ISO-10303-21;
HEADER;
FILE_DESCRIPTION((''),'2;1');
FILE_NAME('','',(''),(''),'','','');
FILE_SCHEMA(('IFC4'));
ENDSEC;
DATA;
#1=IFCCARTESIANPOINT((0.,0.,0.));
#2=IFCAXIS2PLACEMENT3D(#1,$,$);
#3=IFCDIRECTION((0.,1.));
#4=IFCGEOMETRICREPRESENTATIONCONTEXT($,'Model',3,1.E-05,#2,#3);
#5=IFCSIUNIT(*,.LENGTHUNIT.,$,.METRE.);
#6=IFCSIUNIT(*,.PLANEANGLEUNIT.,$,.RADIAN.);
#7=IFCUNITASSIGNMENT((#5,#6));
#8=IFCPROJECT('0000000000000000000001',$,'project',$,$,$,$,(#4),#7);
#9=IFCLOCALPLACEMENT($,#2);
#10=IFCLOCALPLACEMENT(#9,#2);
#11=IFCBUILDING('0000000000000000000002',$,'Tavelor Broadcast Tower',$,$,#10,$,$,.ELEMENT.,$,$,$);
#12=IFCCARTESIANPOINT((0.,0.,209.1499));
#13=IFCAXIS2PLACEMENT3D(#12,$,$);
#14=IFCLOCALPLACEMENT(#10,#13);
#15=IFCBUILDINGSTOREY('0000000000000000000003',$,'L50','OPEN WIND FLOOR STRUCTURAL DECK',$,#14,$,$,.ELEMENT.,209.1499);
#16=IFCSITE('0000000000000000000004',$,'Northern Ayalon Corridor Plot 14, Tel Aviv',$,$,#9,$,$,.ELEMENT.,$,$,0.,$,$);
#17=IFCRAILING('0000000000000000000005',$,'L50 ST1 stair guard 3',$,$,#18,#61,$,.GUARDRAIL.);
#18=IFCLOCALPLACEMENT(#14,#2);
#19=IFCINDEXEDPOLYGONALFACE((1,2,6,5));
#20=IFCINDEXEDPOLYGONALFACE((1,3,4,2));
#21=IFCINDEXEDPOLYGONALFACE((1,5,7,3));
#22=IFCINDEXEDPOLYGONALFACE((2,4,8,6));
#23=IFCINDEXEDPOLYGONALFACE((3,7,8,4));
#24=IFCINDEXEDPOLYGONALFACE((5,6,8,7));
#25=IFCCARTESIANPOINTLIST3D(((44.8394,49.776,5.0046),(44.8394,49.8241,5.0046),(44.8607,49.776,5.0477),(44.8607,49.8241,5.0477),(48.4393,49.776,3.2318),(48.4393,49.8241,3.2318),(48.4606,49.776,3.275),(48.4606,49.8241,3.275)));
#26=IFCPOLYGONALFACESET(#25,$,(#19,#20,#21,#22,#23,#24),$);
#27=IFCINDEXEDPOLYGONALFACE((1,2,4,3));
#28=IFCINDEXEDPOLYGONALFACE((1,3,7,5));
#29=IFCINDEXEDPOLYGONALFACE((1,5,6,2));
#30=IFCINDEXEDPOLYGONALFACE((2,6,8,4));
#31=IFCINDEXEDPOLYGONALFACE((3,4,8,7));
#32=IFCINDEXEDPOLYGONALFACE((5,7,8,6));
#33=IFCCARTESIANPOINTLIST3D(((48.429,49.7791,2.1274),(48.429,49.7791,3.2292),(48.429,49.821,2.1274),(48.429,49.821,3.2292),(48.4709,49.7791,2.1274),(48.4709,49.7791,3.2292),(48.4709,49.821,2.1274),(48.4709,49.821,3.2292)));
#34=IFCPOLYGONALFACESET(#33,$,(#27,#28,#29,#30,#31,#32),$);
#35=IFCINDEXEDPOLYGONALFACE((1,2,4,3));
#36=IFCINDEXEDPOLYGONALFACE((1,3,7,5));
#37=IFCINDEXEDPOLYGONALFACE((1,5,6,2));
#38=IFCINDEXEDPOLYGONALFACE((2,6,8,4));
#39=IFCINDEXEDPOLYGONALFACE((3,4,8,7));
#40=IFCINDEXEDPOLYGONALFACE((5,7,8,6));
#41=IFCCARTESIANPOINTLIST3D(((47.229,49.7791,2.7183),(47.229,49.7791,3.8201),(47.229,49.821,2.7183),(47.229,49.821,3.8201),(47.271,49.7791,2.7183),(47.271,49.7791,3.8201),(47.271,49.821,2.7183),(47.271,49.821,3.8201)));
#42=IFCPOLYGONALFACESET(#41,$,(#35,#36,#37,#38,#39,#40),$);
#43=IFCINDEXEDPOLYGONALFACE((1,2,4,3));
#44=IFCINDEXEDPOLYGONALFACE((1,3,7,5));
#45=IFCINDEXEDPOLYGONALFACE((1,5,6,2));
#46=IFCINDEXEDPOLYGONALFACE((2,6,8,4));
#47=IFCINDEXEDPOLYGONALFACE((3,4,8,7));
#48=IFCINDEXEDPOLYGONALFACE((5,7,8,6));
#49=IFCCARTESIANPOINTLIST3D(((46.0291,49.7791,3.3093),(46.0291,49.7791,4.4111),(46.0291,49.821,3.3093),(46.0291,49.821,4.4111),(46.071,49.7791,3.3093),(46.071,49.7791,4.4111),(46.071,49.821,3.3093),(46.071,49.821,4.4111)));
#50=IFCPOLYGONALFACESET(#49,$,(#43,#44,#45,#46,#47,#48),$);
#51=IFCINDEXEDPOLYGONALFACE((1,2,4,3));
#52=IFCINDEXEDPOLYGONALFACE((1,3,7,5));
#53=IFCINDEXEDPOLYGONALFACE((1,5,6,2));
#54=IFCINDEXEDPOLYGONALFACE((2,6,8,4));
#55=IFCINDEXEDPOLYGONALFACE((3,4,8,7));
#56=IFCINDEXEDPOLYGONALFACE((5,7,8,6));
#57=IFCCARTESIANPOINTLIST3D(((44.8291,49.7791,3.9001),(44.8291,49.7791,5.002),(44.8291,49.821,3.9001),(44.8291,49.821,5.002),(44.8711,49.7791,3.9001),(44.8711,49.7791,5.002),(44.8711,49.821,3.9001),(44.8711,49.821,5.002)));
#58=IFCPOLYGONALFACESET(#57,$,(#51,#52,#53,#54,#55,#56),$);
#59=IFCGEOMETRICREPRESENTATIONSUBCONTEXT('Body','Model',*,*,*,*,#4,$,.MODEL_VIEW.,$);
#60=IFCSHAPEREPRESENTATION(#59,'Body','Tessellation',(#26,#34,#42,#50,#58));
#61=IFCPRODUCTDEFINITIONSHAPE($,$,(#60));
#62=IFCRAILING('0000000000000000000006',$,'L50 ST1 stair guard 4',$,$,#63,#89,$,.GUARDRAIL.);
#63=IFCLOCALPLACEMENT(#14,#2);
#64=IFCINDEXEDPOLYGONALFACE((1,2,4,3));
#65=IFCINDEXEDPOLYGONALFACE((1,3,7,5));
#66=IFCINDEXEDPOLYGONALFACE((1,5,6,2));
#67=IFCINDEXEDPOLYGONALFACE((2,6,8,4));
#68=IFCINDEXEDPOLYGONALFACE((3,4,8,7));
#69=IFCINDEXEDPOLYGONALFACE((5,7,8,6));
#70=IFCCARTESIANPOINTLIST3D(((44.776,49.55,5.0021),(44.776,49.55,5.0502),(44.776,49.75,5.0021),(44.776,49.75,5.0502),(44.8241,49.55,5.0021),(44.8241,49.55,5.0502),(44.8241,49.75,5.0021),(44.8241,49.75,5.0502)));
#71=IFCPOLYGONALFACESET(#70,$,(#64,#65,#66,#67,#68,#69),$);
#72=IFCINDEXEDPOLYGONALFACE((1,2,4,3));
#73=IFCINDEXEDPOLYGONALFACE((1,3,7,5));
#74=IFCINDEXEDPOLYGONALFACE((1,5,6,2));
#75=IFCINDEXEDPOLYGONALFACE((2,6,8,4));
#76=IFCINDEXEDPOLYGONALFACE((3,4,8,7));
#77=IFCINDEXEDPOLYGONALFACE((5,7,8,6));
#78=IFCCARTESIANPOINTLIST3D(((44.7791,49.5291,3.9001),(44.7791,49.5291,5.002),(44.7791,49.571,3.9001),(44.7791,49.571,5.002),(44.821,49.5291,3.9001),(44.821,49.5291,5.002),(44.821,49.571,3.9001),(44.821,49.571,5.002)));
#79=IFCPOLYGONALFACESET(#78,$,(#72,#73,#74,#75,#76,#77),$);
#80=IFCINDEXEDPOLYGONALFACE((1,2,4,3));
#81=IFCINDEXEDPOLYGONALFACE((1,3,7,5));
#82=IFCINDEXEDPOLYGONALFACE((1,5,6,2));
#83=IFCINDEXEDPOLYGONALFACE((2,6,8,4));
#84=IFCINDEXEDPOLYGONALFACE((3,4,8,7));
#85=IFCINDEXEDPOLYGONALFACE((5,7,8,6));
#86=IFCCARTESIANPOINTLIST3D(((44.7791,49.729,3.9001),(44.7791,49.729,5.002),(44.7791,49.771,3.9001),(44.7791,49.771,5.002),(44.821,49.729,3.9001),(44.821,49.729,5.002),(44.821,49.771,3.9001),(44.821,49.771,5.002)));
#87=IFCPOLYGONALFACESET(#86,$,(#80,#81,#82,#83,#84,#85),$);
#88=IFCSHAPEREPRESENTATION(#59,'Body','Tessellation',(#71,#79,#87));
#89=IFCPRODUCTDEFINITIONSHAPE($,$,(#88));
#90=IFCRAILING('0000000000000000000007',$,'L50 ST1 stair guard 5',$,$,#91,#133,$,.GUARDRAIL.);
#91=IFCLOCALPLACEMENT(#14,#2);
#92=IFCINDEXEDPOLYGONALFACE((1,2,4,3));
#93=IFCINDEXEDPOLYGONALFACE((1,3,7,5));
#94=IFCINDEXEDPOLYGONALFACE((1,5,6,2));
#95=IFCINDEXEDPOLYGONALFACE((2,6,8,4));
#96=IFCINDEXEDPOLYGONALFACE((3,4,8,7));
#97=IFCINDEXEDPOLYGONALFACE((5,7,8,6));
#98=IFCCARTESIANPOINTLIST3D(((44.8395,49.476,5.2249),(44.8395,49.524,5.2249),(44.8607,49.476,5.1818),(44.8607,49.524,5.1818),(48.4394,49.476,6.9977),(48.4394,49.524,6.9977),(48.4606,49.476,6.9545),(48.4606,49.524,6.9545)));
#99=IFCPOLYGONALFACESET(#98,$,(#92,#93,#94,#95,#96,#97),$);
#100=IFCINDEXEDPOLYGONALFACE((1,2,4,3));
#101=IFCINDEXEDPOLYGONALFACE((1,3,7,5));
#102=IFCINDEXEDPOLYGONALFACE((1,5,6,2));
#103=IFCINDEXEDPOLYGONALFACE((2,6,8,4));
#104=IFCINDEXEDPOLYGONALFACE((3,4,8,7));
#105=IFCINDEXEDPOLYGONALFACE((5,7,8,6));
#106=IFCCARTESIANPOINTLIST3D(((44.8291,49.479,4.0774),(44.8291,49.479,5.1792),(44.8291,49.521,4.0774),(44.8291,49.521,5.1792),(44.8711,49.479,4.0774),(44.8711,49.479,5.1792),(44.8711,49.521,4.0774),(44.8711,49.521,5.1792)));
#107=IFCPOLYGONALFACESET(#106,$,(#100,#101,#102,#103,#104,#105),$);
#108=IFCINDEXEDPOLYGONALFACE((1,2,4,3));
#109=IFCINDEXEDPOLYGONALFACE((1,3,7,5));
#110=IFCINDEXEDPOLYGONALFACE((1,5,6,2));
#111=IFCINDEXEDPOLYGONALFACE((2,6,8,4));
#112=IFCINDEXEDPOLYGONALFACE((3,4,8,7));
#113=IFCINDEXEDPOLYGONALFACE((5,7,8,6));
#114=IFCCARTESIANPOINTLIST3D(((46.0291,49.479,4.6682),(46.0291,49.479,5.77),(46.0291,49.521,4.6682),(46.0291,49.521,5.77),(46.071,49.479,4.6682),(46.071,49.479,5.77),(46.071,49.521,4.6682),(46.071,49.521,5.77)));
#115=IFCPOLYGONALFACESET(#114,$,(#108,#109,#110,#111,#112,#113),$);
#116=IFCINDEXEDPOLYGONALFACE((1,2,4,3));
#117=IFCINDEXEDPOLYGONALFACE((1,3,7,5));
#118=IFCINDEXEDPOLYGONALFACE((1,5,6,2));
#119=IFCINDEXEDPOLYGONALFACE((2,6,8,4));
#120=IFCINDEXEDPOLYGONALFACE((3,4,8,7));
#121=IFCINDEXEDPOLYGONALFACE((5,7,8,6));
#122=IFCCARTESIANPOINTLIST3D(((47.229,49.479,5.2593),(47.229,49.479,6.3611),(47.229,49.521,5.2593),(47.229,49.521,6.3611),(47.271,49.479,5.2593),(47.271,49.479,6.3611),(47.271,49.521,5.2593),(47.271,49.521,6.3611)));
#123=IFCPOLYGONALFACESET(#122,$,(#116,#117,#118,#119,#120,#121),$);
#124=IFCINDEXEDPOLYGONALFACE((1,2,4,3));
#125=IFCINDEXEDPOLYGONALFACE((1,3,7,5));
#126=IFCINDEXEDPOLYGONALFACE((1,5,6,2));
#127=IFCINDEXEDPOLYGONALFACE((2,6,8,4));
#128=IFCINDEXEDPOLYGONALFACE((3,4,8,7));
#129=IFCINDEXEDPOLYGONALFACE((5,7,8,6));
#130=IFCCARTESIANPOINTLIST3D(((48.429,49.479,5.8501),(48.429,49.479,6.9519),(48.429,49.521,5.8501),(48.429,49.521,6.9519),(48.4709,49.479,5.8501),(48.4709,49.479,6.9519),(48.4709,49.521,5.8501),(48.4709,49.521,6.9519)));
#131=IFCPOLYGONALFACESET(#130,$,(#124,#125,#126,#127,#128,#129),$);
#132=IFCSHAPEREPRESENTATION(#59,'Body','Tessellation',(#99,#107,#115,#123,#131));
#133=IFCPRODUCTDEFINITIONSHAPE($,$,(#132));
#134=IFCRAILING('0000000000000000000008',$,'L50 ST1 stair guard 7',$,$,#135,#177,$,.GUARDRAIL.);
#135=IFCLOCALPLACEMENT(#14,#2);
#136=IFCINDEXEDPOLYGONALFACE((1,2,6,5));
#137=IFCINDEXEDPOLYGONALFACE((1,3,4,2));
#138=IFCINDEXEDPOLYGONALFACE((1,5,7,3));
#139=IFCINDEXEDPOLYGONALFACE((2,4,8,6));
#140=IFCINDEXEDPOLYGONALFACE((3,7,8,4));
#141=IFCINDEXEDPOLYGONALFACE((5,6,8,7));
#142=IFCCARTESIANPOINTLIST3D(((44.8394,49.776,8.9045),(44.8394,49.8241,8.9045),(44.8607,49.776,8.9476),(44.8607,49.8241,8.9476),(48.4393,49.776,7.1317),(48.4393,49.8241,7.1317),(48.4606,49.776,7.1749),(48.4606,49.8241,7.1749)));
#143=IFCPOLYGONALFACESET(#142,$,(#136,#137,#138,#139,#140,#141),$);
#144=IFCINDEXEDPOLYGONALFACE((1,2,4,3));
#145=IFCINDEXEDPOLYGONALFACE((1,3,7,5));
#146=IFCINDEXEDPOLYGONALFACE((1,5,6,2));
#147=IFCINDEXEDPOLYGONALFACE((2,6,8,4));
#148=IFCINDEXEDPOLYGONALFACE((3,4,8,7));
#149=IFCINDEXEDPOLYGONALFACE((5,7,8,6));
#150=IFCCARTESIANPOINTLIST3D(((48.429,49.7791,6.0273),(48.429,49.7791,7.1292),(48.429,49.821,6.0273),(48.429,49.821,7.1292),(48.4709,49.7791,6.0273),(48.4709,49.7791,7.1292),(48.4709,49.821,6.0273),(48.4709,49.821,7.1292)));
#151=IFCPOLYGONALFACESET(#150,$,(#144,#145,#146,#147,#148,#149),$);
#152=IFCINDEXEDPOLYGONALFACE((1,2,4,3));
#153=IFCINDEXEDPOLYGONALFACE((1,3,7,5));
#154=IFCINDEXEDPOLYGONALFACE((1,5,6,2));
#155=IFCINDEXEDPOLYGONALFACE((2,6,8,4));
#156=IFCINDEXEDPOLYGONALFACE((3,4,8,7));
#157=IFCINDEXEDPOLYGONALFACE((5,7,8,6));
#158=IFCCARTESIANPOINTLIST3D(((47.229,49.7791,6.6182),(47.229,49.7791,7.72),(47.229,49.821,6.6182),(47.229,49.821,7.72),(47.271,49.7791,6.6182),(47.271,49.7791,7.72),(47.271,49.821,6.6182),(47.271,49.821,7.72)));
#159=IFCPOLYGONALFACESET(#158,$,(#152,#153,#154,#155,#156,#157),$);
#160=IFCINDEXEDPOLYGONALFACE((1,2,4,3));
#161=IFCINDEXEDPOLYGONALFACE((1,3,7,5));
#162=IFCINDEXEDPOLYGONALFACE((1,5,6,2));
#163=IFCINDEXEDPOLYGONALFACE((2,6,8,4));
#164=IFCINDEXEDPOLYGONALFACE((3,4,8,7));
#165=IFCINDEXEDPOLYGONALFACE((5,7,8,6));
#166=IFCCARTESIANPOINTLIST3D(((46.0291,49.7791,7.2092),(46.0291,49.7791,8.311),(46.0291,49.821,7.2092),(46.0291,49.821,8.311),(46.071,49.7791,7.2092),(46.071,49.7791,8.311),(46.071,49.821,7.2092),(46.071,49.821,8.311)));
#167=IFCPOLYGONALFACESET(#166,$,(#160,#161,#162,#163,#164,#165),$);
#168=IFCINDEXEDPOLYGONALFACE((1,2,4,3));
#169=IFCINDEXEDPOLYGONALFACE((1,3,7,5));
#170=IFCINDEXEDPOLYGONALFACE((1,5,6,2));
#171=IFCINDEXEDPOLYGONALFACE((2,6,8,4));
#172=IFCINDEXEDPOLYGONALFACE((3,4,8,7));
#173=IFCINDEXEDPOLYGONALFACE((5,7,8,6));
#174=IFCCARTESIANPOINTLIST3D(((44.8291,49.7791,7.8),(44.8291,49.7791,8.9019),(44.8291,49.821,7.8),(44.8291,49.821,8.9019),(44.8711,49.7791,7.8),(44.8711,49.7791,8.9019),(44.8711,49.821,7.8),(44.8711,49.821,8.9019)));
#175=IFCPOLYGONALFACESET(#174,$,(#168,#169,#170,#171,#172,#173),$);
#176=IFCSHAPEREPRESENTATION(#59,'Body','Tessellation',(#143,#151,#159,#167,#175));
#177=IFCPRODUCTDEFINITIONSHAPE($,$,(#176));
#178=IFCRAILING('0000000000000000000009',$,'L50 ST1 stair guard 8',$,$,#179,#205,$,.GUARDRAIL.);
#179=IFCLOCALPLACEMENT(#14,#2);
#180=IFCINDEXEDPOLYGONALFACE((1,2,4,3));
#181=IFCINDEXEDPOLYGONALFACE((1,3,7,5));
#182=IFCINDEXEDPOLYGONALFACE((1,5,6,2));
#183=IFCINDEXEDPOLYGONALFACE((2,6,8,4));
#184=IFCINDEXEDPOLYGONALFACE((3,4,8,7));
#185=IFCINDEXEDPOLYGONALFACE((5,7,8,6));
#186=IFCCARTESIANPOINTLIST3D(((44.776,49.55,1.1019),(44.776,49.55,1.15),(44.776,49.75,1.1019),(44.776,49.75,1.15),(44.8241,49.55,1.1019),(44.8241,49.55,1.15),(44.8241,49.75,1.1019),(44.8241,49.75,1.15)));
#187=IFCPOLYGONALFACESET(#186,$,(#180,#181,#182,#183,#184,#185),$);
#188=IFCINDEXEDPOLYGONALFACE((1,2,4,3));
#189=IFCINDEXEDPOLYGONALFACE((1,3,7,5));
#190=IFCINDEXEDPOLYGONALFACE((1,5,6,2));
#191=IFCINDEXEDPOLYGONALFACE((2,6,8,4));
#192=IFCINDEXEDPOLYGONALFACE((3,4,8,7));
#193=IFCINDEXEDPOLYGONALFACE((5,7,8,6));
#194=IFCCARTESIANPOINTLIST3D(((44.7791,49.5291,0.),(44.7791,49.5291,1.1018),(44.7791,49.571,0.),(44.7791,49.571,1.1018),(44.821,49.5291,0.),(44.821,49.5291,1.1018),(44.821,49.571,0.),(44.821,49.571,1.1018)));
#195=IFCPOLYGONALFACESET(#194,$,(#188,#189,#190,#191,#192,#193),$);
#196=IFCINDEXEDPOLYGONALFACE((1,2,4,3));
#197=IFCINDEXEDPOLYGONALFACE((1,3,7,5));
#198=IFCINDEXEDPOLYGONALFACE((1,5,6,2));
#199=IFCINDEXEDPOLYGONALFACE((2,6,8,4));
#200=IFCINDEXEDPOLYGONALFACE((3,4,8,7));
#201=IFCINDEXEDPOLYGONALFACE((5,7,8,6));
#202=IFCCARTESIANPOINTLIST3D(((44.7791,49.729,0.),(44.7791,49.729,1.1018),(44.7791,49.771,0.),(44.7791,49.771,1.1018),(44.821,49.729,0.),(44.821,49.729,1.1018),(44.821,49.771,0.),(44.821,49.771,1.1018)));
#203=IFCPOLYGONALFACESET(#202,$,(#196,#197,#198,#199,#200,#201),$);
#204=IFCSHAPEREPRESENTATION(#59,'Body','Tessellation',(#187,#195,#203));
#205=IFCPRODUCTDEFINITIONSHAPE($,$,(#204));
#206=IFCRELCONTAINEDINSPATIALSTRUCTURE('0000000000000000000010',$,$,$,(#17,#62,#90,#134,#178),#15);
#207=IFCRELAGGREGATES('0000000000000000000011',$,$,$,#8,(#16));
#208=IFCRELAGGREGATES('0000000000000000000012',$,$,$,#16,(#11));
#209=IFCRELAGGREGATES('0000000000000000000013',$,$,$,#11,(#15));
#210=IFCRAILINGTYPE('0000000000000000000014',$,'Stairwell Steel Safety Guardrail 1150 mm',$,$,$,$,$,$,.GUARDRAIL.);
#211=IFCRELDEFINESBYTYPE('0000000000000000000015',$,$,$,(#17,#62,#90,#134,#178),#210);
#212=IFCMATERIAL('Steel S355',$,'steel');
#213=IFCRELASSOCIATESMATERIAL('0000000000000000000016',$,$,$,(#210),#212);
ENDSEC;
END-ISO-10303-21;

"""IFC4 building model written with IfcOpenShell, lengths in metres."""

from ifc_helpers import new_model, si_unit, direction, frame, origin, origin_2d, place, context, subcontext, project, spatial, rectangle, extrude, material, type_object, element, save


model = new_model("IFC4")

# Units and contexts
model_context = context("Model", 3, precision=1e-05, world=origin(), true_north=direction((0.0, 1.0)))
body_context = subcontext(model_context, "Body", "Model", "MODEL_VIEW")
ifc_project = project(units=[si_unit("LENGTHUNIT", "METRE"), si_unit("PLANEANGLEUNIT", "RADIAN")], contexts=[model_context])

# Site, building, storey
site_placement = place(None, origin())
site = spatial("IfcSite", under=ifc_project, at=site_placement, Name="Northern Ayalon Corridor Plot 14, Tel Aviv", CompositionType="ELEMENT", RefElevation=0.0)
building_placement = place(site_placement, origin())
building = spatial("IfcBuilding", under=site, at=building_placement, Name="Tavelor Broadcast Tower", CompositionType="ELEMENT")
storey_placement = place(building_placement, frame((0.0, 0.0, 209.1499)))
storey = spatial("IfcBuildingStorey", under=building, at=storey_placement, Name="L50", Description="OPEN WIND FLOOR STRUCTURAL DECK", CompositionType="ELEMENT", Elevation=209.1499)

# Shared definitions
ifc_material_1 = material(Name="Steel S355", Category="steel")

# Railings
railing_type_1 = type_object("IfcRailingType", Name="Stairwell Steel Safety Guardrail 1150 mm", PredefinedType="GUARDRAIL", material=ifc_material_1)
railing_1_placement = place(storey_placement, frame((48.45, 49.8, 2.1274)))
element("IfcRailing", 1, at=railing_1_placement, inside=storey, type_object=railing_type_1, Name="L50 ST1 stair guard 3", PredefinedType="GUARDRAIL", context=body_context, shape_type="SweptSolid", body=[
    extrude(rectangle(XDim=0.0481, YDim=0.0481, at=origin_2d()), frame((0.0, 0.0, 1.126), z_axis=(-0.897124, 0.0, 0.441778), x_axis=(0.0, -1.0, 0.0)), (0.0, 0.0, 1.0), 4.0127),
    extrude(rectangle(XDim=0.042, YDim=0.042, at=origin_2d()), origin(), (0.0, 0.0, 1.0), 1.1018),
    extrude(rectangle(XDim=0.042, YDim=0.042, at=origin_2d()), frame((-1.2, 0.0, 0.5908)), (0.0, 0.0, 1.0), 1.1018),
    extrude(rectangle(XDim=0.042, YDim=0.042, at=origin_2d()), frame((-2.3999, 0.0, 1.1819)), (0.0, 0.0, 1.0), 1.1018),
    extrude(rectangle(XDim=0.042, YDim=0.042, at=origin_2d()), frame((-3.5999, 0.0, 1.7727)), (0.0, 0.0, 1.0), 1.1018),
])
railing_2_placement = place(storey_placement, frame((44.8, 49.55, 3.9001)))
element("IfcRailing", 2, at=railing_2_placement, inside=storey, type_object=railing_type_1, Name="L50 ST1 stair guard 4", PredefinedType="GUARDRAIL", context=body_context, shape_type="SweptSolid", body=[
    extrude(rectangle(XDim=0.0481, YDim=0.0481, at=origin_2d()), frame((0.0, 0.0, 1.126), z_axis=(0.0, 1.0, 0.0), x_axis=(-1.0, 0.0, 0.0)), (0.0, 0.0, 1.0), 0.2),
    extrude(rectangle(XDim=0.042, YDim=0.042, at=origin_2d()), origin(), (0.0, 0.0, 1.0), 1.1018),
    extrude(rectangle(XDim=0.042, YDim=0.042, at=origin_2d()), frame((0.0, 0.2, 0.0)), (0.0, 0.0, 1.0), 1.1018),
])
railing_3_placement = place(storey_placement, frame((44.8501, 49.5, 4.0774)))
element("IfcRailing", 3, at=railing_3_placement, inside=storey, type_object=railing_type_1, Name="L50 ST1 stair guard 5", PredefinedType="GUARDRAIL", context=body_context, shape_type="SweptSolid", body=[
    extrude(rectangle(XDim=0.0481, YDim=0.0481, at=origin_2d()), frame((0.0, 0.0, 1.126), z_axis=(0.897124, 0.0, 0.441778), x_axis=(0.0, 1.0, 0.0)), (0.0, 0.0, 1.0), 4.0127),
    extrude(rectangle(XDim=0.042, YDim=0.042, at=origin_2d()), origin(), (0.0, 0.0, 1.0), 1.1018),
    extrude(rectangle(XDim=0.042, YDim=0.042, at=origin_2d()), frame((1.2, 0.0, 0.5908)), (0.0, 0.0, 1.0), 1.1018),
    extrude(rectangle(XDim=0.042, YDim=0.042, at=origin_2d()), frame((2.3999, 0.0, 1.1819)), (0.0, 0.0, 1.0), 1.1018),
    extrude(rectangle(XDim=0.042, YDim=0.042, at=origin_2d()), frame((3.5999, 0.0, 1.7727)), (0.0, 0.0, 1.0), 1.1018),
])
railing_4_placement = place(storey_placement, frame((48.45, 49.8, 6.0273)))
element("IfcRailing", 4, at=railing_4_placement, inside=storey, type_object=railing_type_1, Name="L50 ST1 stair guard 7", PredefinedType="GUARDRAIL", context=body_context, shape_type="SweptSolid", body=[
    extrude(rectangle(XDim=0.0481, YDim=0.0481, at=origin_2d()), frame((0.0, 0.0, 1.126), z_axis=(-0.897124, 0.0, 0.441778), x_axis=(0.0, -1.0, 0.0)), (0.0, 0.0, 1.0), 4.0127),
    extrude(rectangle(XDim=0.042, YDim=0.042, at=origin_2d()), origin(), (0.0, 0.0, 1.0), 1.1018),
    extrude(rectangle(XDim=0.042, YDim=0.042, at=origin_2d()), frame((-1.2, 0.0, 0.5908)), (0.0, 0.0, 1.0), 1.1018),
    extrude(rectangle(XDim=0.042, YDim=0.042, at=origin_2d()), frame((-2.3999, 0.0, 1.1819)), (0.0, 0.0, 1.0), 1.1018),
    extrude(rectangle(XDim=0.042, YDim=0.042, at=origin_2d()), frame((-3.5999, 0.0, 1.7727)), (0.0, 0.0, 1.0), 1.1018),
])
railing_5_placement = place(storey_placement, frame((44.8, 49.55, 0.0)))
element("IfcRailing", 5, at=railing_5_placement, inside=storey, type_object=railing_type_1, Name="L50 ST1 stair guard 8", PredefinedType="GUARDRAIL", context=body_context, shape_type="SweptSolid", body=[
    extrude(rectangle(XDim=0.0481, YDim=0.0481, at=origin_2d()), frame((0.0, 0.0, 1.126), z_axis=(0.0, 1.0, 0.0), x_axis=(-1.0, 0.0, 0.0)), (0.0, 0.0, 1.0), 0.2),
    extrude(rectangle(XDim=0.042, YDim=0.042, at=origin_2d()), origin(), (0.0, 0.0, 1.0), 1.1018),
    extrude(rectangle(XDim=0.042, YDim=0.042, at=origin_2d()), frame((0.0, 0.2, 0.0)), (0.0, 0.0, 1.0), 1.1018),
])

save(model, "model.ifc")
